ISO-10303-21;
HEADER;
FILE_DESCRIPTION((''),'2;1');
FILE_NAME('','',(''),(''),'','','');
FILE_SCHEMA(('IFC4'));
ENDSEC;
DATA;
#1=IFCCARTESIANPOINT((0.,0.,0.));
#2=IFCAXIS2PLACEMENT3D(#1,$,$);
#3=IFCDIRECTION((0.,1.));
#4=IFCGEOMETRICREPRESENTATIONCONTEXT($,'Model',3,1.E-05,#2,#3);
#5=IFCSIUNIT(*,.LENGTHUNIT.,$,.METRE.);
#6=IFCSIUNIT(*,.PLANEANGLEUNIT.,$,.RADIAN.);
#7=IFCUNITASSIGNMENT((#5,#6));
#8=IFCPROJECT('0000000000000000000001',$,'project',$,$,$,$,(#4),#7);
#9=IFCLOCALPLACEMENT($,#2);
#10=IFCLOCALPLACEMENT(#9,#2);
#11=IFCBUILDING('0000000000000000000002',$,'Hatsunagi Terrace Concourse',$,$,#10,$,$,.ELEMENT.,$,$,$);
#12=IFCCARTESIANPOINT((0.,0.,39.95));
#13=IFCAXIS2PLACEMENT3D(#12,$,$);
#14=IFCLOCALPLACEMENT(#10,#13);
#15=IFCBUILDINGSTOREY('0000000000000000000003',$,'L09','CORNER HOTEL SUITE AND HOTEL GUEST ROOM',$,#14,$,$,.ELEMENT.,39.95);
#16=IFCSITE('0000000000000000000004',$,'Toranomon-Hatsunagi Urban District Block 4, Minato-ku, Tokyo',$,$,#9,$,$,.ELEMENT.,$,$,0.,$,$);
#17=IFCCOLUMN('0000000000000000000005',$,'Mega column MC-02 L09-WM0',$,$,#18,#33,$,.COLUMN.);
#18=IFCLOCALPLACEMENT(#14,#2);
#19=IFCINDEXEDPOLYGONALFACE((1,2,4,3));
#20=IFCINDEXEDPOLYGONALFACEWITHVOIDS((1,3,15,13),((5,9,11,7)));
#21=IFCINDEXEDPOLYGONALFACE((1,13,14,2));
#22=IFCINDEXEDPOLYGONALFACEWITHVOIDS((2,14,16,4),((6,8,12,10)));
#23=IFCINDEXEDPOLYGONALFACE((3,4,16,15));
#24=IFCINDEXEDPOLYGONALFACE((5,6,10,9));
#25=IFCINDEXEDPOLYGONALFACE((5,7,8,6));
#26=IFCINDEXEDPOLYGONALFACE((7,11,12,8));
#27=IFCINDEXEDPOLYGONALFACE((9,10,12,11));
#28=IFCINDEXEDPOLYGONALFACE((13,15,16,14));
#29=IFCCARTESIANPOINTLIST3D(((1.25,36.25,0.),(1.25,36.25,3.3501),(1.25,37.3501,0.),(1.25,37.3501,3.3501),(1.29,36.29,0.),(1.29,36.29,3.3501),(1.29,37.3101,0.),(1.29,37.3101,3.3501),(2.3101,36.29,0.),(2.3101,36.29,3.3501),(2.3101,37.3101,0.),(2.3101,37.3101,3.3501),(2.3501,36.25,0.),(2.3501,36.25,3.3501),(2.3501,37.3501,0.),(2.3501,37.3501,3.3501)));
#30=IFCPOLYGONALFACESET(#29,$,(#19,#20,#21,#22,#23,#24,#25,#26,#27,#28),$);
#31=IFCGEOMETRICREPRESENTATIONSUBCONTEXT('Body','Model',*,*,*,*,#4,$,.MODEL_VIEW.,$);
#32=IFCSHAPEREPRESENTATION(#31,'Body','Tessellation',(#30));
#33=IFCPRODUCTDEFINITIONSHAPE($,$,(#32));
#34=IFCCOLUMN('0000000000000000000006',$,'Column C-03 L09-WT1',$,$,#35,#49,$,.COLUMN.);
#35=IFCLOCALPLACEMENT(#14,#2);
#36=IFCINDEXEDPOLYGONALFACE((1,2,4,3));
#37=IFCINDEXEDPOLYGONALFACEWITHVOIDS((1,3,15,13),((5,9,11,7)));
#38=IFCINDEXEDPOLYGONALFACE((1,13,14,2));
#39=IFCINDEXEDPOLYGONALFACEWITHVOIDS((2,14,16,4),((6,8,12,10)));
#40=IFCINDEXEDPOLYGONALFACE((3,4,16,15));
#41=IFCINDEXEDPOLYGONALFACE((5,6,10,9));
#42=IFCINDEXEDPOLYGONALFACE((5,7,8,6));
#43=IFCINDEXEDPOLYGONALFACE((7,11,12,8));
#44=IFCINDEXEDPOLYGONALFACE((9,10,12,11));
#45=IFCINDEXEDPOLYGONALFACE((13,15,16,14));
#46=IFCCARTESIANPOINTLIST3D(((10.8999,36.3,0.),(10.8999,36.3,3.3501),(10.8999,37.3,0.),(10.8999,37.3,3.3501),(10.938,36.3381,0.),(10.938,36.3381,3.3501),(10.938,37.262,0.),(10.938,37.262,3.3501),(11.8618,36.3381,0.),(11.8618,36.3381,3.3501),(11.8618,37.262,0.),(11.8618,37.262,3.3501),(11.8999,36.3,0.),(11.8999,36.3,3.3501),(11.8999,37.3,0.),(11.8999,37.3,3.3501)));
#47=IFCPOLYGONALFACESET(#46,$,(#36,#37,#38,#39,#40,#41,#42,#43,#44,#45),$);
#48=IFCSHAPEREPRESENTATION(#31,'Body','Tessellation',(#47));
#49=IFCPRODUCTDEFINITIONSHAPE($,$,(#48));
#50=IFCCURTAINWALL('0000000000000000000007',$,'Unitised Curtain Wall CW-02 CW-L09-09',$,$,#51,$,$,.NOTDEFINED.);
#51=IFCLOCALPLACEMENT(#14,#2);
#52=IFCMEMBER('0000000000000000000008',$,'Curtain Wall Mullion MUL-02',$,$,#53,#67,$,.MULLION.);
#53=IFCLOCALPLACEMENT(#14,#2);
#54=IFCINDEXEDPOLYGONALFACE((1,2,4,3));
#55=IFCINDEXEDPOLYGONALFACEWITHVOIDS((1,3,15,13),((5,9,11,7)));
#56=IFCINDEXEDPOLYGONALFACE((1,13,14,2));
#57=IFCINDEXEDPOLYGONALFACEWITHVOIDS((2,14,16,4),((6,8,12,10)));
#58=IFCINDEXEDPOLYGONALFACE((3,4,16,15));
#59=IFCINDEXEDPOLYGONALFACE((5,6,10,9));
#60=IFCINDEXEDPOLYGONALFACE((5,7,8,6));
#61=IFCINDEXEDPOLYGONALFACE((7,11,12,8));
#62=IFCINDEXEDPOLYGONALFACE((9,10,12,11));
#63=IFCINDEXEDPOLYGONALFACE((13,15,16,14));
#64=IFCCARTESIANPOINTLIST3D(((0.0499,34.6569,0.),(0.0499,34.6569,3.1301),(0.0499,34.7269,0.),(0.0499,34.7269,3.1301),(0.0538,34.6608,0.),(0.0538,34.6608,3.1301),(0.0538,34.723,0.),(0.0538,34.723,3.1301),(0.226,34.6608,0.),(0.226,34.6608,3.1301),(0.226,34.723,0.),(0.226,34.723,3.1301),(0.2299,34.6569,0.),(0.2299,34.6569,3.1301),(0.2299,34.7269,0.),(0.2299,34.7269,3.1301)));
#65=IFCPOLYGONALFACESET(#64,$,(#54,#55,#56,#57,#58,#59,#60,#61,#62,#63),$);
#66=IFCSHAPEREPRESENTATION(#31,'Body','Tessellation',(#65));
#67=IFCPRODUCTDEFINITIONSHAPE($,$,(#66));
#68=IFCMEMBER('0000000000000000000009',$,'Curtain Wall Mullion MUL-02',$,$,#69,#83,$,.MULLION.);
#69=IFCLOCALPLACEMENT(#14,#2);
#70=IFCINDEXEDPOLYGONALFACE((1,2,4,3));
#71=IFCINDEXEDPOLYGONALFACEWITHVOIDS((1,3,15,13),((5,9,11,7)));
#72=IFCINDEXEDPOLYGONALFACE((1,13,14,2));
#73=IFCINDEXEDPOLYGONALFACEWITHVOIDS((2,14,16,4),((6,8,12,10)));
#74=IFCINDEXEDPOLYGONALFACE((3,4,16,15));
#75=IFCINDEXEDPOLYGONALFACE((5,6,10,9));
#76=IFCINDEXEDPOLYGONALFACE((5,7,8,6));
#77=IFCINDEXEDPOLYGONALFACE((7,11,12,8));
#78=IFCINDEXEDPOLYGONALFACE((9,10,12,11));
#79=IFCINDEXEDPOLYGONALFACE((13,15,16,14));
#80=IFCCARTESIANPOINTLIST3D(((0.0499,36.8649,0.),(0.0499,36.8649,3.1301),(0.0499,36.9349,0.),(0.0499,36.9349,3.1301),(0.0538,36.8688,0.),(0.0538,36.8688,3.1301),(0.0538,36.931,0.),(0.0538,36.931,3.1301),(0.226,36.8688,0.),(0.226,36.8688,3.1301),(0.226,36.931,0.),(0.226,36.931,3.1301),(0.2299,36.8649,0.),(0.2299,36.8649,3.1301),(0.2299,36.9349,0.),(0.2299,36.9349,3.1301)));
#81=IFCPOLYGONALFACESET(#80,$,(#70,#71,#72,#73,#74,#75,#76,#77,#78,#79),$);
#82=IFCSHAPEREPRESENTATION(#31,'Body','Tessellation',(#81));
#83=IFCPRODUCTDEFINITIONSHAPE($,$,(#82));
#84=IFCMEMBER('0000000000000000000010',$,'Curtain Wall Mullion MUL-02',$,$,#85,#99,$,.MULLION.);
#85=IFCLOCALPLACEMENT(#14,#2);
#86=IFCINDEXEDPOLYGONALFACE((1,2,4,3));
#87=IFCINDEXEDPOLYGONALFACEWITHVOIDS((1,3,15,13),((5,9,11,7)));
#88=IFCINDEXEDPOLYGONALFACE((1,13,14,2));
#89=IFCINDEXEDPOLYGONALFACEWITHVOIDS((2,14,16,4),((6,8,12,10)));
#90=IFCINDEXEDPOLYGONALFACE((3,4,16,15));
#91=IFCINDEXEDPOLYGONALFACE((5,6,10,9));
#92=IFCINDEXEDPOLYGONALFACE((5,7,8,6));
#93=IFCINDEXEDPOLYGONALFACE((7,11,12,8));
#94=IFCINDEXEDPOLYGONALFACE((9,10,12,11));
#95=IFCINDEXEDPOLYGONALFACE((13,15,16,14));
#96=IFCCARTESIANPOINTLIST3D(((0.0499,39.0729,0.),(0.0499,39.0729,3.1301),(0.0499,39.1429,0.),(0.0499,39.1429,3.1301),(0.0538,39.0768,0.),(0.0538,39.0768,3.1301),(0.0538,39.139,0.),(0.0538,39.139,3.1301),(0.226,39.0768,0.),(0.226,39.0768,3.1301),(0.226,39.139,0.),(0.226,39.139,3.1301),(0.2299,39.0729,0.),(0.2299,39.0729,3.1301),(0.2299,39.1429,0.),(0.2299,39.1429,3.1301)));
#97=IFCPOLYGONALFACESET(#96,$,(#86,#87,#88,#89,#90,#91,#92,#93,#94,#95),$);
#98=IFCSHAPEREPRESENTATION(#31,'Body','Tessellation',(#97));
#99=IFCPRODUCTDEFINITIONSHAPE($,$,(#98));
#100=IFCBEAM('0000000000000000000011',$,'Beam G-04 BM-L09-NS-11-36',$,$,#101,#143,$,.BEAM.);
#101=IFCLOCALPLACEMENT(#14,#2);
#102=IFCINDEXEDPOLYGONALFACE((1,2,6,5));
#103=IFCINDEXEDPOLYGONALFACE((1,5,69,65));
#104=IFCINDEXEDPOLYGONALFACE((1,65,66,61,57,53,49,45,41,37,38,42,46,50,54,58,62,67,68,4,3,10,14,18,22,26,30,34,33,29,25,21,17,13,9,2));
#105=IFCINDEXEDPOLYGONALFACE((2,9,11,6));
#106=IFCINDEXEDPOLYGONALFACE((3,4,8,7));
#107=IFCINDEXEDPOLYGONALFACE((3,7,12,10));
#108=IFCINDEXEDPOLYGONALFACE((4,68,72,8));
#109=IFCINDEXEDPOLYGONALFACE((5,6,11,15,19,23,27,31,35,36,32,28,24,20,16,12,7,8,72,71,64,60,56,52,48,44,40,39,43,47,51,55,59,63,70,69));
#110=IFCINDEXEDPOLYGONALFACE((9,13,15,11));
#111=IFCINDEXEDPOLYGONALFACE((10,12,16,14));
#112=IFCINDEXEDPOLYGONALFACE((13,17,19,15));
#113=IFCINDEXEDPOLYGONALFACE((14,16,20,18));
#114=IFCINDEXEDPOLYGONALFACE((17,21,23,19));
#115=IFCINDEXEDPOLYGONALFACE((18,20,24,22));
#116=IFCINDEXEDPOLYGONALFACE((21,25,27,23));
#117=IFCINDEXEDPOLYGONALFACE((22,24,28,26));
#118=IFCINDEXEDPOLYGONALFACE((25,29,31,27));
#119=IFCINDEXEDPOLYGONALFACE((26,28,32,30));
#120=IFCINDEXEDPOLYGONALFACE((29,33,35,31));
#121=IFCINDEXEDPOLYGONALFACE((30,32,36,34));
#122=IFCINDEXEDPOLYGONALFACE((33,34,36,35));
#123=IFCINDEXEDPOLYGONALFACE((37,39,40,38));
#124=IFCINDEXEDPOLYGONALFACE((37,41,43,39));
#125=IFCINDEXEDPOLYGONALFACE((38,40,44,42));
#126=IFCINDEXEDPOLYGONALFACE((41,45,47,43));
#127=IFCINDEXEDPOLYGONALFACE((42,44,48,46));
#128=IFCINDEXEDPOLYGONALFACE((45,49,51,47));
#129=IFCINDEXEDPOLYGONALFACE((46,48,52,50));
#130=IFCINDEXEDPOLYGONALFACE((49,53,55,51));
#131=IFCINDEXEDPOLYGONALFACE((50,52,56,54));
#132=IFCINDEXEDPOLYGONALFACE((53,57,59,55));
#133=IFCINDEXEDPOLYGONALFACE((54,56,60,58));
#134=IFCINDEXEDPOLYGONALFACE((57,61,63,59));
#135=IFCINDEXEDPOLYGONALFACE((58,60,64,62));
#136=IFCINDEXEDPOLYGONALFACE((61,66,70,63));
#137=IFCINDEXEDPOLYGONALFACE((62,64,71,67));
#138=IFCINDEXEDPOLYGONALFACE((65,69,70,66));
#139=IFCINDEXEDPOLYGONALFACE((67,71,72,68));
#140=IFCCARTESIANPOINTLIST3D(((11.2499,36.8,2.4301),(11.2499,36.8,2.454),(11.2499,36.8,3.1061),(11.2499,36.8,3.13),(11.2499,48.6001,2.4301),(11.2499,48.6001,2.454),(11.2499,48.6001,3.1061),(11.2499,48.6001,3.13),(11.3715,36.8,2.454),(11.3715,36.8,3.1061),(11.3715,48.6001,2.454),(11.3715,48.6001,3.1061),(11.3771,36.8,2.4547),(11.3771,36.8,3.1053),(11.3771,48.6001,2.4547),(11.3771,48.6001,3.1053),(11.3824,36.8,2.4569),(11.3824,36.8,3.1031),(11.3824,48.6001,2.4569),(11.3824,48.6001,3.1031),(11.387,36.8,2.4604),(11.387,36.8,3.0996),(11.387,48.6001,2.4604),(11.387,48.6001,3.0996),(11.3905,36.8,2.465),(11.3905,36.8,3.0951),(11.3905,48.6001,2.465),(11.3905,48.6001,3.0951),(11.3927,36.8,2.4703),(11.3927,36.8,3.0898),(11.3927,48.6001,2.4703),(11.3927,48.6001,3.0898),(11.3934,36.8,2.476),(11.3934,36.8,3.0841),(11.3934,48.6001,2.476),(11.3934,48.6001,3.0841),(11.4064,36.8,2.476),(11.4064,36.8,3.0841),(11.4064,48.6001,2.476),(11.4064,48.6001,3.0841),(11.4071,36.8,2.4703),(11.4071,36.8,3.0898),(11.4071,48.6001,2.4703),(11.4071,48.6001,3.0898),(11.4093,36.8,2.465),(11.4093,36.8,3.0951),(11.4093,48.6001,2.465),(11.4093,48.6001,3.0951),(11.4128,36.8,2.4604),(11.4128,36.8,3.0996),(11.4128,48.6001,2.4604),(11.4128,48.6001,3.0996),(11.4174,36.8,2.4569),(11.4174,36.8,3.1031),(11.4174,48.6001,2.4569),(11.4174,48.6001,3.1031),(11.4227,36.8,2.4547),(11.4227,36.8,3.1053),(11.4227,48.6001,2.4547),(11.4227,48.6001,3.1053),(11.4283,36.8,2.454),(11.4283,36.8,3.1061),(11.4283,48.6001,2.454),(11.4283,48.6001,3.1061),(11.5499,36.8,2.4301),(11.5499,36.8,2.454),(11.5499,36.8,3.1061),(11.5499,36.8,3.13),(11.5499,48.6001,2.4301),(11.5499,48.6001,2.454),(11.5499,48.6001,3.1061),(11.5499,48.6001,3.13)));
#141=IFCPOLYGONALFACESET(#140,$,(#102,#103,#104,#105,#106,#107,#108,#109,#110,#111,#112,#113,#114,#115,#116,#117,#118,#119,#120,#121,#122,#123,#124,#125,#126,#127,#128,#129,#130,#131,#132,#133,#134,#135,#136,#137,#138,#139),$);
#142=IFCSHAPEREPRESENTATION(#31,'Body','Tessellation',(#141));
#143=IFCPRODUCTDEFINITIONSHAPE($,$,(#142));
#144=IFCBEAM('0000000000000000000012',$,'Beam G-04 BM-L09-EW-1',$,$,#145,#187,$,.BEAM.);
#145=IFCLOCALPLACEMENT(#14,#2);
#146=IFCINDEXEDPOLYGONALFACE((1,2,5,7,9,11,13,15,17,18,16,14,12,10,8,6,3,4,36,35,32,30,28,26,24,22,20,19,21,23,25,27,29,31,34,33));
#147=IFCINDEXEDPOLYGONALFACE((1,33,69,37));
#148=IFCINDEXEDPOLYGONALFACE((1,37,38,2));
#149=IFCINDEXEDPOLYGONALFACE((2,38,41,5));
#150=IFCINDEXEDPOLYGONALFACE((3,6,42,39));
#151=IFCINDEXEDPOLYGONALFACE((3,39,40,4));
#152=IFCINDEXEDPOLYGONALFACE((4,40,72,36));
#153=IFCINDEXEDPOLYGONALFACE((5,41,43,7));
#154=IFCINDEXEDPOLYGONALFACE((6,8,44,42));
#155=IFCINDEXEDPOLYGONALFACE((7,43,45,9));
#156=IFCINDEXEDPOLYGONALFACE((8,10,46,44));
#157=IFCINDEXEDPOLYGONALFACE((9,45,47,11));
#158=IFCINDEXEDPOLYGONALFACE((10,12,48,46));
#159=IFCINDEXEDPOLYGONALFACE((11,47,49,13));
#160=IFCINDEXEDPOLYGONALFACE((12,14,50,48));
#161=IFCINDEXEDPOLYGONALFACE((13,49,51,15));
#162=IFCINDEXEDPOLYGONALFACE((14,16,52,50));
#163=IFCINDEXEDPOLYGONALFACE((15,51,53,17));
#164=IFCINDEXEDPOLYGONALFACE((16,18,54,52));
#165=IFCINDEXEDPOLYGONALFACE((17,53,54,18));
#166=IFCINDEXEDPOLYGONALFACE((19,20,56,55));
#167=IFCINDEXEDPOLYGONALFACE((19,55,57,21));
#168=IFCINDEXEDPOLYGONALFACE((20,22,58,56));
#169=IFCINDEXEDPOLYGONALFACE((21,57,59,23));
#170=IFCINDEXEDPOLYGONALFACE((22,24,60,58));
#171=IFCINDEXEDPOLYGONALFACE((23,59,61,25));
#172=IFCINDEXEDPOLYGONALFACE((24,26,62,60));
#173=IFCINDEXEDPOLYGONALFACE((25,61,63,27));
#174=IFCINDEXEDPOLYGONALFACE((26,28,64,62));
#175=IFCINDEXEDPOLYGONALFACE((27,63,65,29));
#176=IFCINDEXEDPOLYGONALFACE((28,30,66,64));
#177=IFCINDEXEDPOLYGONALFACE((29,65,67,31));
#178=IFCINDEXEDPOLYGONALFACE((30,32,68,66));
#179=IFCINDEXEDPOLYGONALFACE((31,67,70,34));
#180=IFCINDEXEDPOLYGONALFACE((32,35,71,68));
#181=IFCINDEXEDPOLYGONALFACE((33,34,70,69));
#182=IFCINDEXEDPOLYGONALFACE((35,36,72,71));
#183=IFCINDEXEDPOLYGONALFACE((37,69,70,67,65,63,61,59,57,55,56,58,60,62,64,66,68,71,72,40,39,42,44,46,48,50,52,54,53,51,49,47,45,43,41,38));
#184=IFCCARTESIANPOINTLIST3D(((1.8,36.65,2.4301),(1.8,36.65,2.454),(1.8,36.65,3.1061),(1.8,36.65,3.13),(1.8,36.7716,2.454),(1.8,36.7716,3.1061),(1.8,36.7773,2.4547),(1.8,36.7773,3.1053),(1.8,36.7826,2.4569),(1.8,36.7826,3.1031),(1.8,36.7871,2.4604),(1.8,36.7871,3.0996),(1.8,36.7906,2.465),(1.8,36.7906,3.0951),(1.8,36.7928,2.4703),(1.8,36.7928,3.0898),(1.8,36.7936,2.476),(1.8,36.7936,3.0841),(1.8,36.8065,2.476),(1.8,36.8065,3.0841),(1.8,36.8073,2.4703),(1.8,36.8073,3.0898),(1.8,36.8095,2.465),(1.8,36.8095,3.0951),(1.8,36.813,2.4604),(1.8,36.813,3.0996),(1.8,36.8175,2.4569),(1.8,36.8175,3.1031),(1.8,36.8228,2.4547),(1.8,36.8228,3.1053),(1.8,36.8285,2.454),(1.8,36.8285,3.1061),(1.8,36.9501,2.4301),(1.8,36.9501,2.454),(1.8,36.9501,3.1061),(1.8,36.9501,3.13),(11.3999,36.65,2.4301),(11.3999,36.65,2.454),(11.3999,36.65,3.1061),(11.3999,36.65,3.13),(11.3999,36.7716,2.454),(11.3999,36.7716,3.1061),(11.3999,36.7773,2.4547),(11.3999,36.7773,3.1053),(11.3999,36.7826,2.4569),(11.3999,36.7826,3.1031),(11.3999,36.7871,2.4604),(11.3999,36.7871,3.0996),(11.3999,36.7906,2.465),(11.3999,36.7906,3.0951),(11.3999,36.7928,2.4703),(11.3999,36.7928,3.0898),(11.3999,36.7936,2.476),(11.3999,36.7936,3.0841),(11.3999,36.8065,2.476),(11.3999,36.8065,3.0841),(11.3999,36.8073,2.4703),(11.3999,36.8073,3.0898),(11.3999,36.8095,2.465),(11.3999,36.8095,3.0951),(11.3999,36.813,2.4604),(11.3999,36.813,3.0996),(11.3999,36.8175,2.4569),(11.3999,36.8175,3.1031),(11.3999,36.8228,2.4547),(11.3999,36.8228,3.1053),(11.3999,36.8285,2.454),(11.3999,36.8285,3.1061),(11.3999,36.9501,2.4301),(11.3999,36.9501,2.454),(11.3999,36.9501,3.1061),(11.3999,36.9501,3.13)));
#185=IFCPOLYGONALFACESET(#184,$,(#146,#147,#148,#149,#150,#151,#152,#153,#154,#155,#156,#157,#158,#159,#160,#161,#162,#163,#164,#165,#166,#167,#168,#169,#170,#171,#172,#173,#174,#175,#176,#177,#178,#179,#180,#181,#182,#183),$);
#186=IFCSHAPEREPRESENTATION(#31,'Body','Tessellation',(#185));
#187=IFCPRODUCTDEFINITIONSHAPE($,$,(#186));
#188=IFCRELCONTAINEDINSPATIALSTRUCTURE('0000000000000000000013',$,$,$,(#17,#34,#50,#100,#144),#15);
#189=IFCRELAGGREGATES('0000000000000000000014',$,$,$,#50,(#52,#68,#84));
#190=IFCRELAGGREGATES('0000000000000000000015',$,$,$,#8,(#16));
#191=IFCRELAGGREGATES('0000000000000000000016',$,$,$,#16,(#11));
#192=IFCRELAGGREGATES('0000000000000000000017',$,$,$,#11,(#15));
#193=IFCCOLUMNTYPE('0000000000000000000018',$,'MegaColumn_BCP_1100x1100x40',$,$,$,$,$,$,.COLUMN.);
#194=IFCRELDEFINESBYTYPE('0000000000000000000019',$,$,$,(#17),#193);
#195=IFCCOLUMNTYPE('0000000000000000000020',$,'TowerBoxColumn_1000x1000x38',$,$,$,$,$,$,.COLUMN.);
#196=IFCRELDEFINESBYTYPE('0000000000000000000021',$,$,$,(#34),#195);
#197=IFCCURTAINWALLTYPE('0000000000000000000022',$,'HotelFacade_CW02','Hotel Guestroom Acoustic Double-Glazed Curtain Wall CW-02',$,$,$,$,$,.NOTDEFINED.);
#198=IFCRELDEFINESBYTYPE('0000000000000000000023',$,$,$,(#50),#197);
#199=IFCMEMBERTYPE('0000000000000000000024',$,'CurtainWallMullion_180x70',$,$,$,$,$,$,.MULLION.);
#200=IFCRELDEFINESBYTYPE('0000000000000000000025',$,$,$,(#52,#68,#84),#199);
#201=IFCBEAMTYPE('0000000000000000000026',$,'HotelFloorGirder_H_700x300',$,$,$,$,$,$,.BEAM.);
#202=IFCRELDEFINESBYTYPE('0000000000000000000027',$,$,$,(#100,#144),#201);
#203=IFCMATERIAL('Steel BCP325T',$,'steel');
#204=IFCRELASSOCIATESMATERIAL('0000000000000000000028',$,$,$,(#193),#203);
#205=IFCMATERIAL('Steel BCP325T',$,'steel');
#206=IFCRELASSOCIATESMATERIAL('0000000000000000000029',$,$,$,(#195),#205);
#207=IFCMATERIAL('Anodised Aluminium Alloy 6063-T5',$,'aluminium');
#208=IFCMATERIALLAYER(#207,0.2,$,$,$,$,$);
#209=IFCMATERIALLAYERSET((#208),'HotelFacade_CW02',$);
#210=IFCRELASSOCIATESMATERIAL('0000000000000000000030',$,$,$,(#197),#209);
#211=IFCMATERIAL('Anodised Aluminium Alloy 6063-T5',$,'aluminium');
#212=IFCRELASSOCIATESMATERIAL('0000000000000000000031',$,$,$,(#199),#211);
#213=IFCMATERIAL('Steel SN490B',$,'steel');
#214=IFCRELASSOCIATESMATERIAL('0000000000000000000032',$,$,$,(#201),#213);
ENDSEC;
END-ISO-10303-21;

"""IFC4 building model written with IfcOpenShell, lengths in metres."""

from ifc_helpers import new_model, si_unit, direction, frame, origin, origin_2d, place, context, subcontext, project, spatial, hollow_rectangle, i_section, extrude, material, layer, layer_set, material_profile, profile_set, type_object, element, aggregate, save


model = new_model("IFC4")

# Units and contexts
model_context = context("Model", 3, precision=1e-05, world=origin(), true_north=direction((0.0, 1.0)))
body_context = subcontext(model_context, "Body", "Model", "MODEL_VIEW")
ifc_project = project(units=[si_unit("LENGTHUNIT", "METRE"), si_unit("PLANEANGLEUNIT", "RADIAN")], contexts=[model_context])

# Site, building, storey
site_placement = place(None, origin())
site = spatial("IfcSite", under=ifc_project, at=site_placement, Name="Toranomon-Hatsunagi Urban District Block 4, Minato-ku, Tokyo", CompositionType="ELEMENT", RefElevation=0.0)
building_placement = place(site_placement, origin())
building = spatial("IfcBuilding", under=site, at=building_placement, Name="Hatsunagi Terrace Concourse", CompositionType="ELEMENT")
storey_placement = place(building_placement, frame((0.0, 0.0, 39.95)))
storey = spatial("IfcBuildingStorey", under=building, at=storey_placement, Name="L09", Description="CORNER HOTEL SUITE AND HOTEL GUEST ROOM", CompositionType="ELEMENT", Elevation=39.95)

# Columns
ifc_material_1 = material(Name="Steel BCP325T", Category="steel")
ifc_material_profile_1 = material_profile(ifc_material_1, hollow_rectangle(XDim=1.1001, YDim=1.1001, WallThickness=0.04, at=origin_2d()), Name="BCP-1100x1100x40")
ifc_profile_set_1 = profile_set([ifc_material_profile_1], Name="Steel BCP325T")
column_type_1 = type_object("IfcColumnType", Name="MegaColumn_BCP_1100x1100x40", PredefinedType="COLUMN", material=ifc_profile_set_1)
column_1_placement = place(storey_placement, frame((1.8, 36.8, 0.0), z_axis=(0.0, 0.0, 1.0), x_axis=(1.0, 0.0, 0.0)))
element("IfcColumn", 1, at=column_1_placement, inside=storey, type_object=column_type_1, Name="Mega column MC-02 L09-WM0", PredefinedType="COLUMN", context=body_context, shape_type="SweptSolid", body=[
    extrude(hollow_rectangle(XDim=1.1001, YDim=1.1001, WallThickness=0.04, at=origin_2d()), origin(), (0.0, 0.0, 1.0), 3.3501),
])
ifc_material_2 = material(Name="Steel BCP325T", Category="steel")
ifc_material_profile_2 = material_profile(ifc_material_2, hollow_rectangle(XDim=1.0, YDim=1.0, WallThickness=0.0381, at=origin_2d()), Name="BCP-1000x1000x38")
ifc_profile_set_2 = profile_set([ifc_material_profile_2], Name="Steel BCP325T")
column_type_2 = type_object("IfcColumnType", Name="TowerBoxColumn_1000x1000x38", PredefinedType="COLUMN", material=ifc_profile_set_2)
column_2_placement = place(storey_placement, frame((11.3999, 36.8, 0.0), z_axis=(0.0, 0.0, 1.0), x_axis=(1.0, 0.0, 0.0)))
element("IfcColumn", 2, at=column_2_placement, inside=storey, type_object=column_type_2, Name="Column C-03 L09-WT1", PredefinedType="COLUMN", context=body_context, shape_type="SweptSolid", body=[
    extrude(hollow_rectangle(XDim=1.0, YDim=1.0, WallThickness=0.0381, at=origin_2d()), origin(), (0.0, 0.0, 1.0), 3.3501),
])

# Curtain wall, members
ifc_material_3 = material(Name="Anodised Aluminium Alloy 6063-T5", Category="aluminium")
ifc_layer_1 = layer(ifc_material_3, 0.2)
ifc_layer_set_1 = layer_set([ifc_layer_1], Name="HotelFacade_CW02")
curtain_wall_type = type_object("IfcCurtainWallType", Name="HotelFacade_CW02", Description="Hotel Guestroom Acoustic Double-Glazed Curtain Wall CW-02", PredefinedType="NOTDEFINED", material=ifc_layer_set_1)
curtain_wall_placement = place(storey_placement, origin())
curtain_wall = element("IfcCurtainWall", 3, at=curtain_wall_placement, inside=storey, type_object=curtain_wall_type, Name="Unitised Curtain Wall CW-02 CW-L09-09", PredefinedType="NOTDEFINED")
ifc_material_4 = material(Name="Anodised Aluminium Alloy 6063-T5", Category="aluminium")
ifc_material_profile_3 = material_profile(ifc_material_4, hollow_rectangle(XDim=0.0701, YDim=0.1799, WallThickness=0.0039, at=origin_2d()), Name="ALU-MUL-180x70x4")
ifc_profile_set_3 = profile_set([ifc_material_profile_3], Name="Anodised Aluminium Alloy 6063-T5")
member_type = type_object("IfcMemberType", Name="CurtainWallMullion_180x70", PredefinedType="MULLION", material=ifc_profile_set_3)
member_1_placement = place(storey_placement, frame((0.1399, 34.6919, 0.0), z_axis=(0.0, 0.0, 1.0), x_axis=(0.0, 1.0, 0.0)))
member_1 = element("IfcMember", 4, at=member_1_placement, type_object=member_type, Name="Curtain Wall Mullion MUL-02", PredefinedType="MULLION", context=body_context, shape_type="SweptSolid", body=[
    extrude(hollow_rectangle(XDim=0.0701, YDim=0.1799, WallThickness=0.0039, at=origin_2d()), origin(), (0.0, 0.0, 1.0), 3.1301),
])
member_2_placement = place(storey_placement, frame((0.1399, 36.8999, 0.0), z_axis=(0.0, 0.0, 1.0), x_axis=(0.0, 1.0, 0.0)))
member_2 = element("IfcMember", 5, at=member_2_placement, type_object=member_type, Name="Curtain Wall Mullion MUL-02", PredefinedType="MULLION", context=body_context, shape_type="SweptSolid", body=[
    extrude(hollow_rectangle(XDim=0.0701, YDim=0.1799, WallThickness=0.0039, at=origin_2d()), origin(), (0.0, 0.0, 1.0), 3.1301),
])
member_3_placement = place(storey_placement, frame((0.1399, 39.1079, 0.0), z_axis=(0.0, 0.0, 1.0), x_axis=(0.0, 1.0, 0.0)))
member_3 = element("IfcMember", 6, at=member_3_placement, type_object=member_type, Name="Curtain Wall Mullion MUL-02", PredefinedType="MULLION", context=body_context, shape_type="SweptSolid", body=[
    extrude(hollow_rectangle(XDim=0.0701, YDim=0.1799, WallThickness=0.0039, at=origin_2d()), origin(), (0.0, 0.0, 1.0), 3.1301),
])

# Beams
ifc_material_5 = material(Name="Steel SN490B", Category="steel")
ifc_material_profile_4 = material_profile(ifc_material_5, i_section(OverallWidth=0.3, OverallDepth=0.7, WebThickness=0.0129, FlangeThickness=0.0239, FilletRadius=0.022, at=origin_2d()), Name="H-700x300x13x24")
ifc_profile_set_4 = profile_set([ifc_material_profile_4], Name="Steel SN490B")
beam_type_1 = type_object("IfcBeamType", Name="HotelFloorGirder_H_700x300", PredefinedType="BEAM", material=ifc_profile_set_4)
beam_1_placement = place(storey_placement, frame((11.3999, 36.8, 2.78), z_axis=(0.0, 1.0, 0.0), x_axis=(-1.0, 0.0, 0.0)))
element("IfcBeam", 7, at=beam_1_placement, inside=storey, type_object=beam_type_1, Name="Beam G-04 BM-L09-NS-11-36", PredefinedType="BEAM", context=body_context, shape_type="SweptSolid", body=[
    extrude(i_section(OverallWidth=0.3, OverallDepth=0.7, WebThickness=0.0129, FlangeThickness=0.0239, FilletRadius=0.022, at=origin_2d()), origin(), (0.0, 0.0, 1.0), 11.8),
])
beam_2_placement = place(storey_placement, frame((1.8, 36.8, 2.78), z_axis=(1.0, 0.0, 0.0), x_axis=(0.0, 1.0, 0.0)))
element("IfcBeam", 8, at=beam_2_placement, inside=storey, type_object=beam_type_1, Name="Beam G-04 BM-L09-EW-1", PredefinedType="BEAM", context=body_context, shape_type="SweptSolid", body=[
    extrude(i_section(OverallWidth=0.3, OverallDepth=0.7, WebThickness=0.0129, FlangeThickness=0.0239, FilletRadius=0.022, at=origin_2d()), origin(), (0.0, 0.0, 1.0), 9.5999),
])

aggregate(curtain_wall, [member_1, member_2, member_3])

save(model, "model.ifc")
